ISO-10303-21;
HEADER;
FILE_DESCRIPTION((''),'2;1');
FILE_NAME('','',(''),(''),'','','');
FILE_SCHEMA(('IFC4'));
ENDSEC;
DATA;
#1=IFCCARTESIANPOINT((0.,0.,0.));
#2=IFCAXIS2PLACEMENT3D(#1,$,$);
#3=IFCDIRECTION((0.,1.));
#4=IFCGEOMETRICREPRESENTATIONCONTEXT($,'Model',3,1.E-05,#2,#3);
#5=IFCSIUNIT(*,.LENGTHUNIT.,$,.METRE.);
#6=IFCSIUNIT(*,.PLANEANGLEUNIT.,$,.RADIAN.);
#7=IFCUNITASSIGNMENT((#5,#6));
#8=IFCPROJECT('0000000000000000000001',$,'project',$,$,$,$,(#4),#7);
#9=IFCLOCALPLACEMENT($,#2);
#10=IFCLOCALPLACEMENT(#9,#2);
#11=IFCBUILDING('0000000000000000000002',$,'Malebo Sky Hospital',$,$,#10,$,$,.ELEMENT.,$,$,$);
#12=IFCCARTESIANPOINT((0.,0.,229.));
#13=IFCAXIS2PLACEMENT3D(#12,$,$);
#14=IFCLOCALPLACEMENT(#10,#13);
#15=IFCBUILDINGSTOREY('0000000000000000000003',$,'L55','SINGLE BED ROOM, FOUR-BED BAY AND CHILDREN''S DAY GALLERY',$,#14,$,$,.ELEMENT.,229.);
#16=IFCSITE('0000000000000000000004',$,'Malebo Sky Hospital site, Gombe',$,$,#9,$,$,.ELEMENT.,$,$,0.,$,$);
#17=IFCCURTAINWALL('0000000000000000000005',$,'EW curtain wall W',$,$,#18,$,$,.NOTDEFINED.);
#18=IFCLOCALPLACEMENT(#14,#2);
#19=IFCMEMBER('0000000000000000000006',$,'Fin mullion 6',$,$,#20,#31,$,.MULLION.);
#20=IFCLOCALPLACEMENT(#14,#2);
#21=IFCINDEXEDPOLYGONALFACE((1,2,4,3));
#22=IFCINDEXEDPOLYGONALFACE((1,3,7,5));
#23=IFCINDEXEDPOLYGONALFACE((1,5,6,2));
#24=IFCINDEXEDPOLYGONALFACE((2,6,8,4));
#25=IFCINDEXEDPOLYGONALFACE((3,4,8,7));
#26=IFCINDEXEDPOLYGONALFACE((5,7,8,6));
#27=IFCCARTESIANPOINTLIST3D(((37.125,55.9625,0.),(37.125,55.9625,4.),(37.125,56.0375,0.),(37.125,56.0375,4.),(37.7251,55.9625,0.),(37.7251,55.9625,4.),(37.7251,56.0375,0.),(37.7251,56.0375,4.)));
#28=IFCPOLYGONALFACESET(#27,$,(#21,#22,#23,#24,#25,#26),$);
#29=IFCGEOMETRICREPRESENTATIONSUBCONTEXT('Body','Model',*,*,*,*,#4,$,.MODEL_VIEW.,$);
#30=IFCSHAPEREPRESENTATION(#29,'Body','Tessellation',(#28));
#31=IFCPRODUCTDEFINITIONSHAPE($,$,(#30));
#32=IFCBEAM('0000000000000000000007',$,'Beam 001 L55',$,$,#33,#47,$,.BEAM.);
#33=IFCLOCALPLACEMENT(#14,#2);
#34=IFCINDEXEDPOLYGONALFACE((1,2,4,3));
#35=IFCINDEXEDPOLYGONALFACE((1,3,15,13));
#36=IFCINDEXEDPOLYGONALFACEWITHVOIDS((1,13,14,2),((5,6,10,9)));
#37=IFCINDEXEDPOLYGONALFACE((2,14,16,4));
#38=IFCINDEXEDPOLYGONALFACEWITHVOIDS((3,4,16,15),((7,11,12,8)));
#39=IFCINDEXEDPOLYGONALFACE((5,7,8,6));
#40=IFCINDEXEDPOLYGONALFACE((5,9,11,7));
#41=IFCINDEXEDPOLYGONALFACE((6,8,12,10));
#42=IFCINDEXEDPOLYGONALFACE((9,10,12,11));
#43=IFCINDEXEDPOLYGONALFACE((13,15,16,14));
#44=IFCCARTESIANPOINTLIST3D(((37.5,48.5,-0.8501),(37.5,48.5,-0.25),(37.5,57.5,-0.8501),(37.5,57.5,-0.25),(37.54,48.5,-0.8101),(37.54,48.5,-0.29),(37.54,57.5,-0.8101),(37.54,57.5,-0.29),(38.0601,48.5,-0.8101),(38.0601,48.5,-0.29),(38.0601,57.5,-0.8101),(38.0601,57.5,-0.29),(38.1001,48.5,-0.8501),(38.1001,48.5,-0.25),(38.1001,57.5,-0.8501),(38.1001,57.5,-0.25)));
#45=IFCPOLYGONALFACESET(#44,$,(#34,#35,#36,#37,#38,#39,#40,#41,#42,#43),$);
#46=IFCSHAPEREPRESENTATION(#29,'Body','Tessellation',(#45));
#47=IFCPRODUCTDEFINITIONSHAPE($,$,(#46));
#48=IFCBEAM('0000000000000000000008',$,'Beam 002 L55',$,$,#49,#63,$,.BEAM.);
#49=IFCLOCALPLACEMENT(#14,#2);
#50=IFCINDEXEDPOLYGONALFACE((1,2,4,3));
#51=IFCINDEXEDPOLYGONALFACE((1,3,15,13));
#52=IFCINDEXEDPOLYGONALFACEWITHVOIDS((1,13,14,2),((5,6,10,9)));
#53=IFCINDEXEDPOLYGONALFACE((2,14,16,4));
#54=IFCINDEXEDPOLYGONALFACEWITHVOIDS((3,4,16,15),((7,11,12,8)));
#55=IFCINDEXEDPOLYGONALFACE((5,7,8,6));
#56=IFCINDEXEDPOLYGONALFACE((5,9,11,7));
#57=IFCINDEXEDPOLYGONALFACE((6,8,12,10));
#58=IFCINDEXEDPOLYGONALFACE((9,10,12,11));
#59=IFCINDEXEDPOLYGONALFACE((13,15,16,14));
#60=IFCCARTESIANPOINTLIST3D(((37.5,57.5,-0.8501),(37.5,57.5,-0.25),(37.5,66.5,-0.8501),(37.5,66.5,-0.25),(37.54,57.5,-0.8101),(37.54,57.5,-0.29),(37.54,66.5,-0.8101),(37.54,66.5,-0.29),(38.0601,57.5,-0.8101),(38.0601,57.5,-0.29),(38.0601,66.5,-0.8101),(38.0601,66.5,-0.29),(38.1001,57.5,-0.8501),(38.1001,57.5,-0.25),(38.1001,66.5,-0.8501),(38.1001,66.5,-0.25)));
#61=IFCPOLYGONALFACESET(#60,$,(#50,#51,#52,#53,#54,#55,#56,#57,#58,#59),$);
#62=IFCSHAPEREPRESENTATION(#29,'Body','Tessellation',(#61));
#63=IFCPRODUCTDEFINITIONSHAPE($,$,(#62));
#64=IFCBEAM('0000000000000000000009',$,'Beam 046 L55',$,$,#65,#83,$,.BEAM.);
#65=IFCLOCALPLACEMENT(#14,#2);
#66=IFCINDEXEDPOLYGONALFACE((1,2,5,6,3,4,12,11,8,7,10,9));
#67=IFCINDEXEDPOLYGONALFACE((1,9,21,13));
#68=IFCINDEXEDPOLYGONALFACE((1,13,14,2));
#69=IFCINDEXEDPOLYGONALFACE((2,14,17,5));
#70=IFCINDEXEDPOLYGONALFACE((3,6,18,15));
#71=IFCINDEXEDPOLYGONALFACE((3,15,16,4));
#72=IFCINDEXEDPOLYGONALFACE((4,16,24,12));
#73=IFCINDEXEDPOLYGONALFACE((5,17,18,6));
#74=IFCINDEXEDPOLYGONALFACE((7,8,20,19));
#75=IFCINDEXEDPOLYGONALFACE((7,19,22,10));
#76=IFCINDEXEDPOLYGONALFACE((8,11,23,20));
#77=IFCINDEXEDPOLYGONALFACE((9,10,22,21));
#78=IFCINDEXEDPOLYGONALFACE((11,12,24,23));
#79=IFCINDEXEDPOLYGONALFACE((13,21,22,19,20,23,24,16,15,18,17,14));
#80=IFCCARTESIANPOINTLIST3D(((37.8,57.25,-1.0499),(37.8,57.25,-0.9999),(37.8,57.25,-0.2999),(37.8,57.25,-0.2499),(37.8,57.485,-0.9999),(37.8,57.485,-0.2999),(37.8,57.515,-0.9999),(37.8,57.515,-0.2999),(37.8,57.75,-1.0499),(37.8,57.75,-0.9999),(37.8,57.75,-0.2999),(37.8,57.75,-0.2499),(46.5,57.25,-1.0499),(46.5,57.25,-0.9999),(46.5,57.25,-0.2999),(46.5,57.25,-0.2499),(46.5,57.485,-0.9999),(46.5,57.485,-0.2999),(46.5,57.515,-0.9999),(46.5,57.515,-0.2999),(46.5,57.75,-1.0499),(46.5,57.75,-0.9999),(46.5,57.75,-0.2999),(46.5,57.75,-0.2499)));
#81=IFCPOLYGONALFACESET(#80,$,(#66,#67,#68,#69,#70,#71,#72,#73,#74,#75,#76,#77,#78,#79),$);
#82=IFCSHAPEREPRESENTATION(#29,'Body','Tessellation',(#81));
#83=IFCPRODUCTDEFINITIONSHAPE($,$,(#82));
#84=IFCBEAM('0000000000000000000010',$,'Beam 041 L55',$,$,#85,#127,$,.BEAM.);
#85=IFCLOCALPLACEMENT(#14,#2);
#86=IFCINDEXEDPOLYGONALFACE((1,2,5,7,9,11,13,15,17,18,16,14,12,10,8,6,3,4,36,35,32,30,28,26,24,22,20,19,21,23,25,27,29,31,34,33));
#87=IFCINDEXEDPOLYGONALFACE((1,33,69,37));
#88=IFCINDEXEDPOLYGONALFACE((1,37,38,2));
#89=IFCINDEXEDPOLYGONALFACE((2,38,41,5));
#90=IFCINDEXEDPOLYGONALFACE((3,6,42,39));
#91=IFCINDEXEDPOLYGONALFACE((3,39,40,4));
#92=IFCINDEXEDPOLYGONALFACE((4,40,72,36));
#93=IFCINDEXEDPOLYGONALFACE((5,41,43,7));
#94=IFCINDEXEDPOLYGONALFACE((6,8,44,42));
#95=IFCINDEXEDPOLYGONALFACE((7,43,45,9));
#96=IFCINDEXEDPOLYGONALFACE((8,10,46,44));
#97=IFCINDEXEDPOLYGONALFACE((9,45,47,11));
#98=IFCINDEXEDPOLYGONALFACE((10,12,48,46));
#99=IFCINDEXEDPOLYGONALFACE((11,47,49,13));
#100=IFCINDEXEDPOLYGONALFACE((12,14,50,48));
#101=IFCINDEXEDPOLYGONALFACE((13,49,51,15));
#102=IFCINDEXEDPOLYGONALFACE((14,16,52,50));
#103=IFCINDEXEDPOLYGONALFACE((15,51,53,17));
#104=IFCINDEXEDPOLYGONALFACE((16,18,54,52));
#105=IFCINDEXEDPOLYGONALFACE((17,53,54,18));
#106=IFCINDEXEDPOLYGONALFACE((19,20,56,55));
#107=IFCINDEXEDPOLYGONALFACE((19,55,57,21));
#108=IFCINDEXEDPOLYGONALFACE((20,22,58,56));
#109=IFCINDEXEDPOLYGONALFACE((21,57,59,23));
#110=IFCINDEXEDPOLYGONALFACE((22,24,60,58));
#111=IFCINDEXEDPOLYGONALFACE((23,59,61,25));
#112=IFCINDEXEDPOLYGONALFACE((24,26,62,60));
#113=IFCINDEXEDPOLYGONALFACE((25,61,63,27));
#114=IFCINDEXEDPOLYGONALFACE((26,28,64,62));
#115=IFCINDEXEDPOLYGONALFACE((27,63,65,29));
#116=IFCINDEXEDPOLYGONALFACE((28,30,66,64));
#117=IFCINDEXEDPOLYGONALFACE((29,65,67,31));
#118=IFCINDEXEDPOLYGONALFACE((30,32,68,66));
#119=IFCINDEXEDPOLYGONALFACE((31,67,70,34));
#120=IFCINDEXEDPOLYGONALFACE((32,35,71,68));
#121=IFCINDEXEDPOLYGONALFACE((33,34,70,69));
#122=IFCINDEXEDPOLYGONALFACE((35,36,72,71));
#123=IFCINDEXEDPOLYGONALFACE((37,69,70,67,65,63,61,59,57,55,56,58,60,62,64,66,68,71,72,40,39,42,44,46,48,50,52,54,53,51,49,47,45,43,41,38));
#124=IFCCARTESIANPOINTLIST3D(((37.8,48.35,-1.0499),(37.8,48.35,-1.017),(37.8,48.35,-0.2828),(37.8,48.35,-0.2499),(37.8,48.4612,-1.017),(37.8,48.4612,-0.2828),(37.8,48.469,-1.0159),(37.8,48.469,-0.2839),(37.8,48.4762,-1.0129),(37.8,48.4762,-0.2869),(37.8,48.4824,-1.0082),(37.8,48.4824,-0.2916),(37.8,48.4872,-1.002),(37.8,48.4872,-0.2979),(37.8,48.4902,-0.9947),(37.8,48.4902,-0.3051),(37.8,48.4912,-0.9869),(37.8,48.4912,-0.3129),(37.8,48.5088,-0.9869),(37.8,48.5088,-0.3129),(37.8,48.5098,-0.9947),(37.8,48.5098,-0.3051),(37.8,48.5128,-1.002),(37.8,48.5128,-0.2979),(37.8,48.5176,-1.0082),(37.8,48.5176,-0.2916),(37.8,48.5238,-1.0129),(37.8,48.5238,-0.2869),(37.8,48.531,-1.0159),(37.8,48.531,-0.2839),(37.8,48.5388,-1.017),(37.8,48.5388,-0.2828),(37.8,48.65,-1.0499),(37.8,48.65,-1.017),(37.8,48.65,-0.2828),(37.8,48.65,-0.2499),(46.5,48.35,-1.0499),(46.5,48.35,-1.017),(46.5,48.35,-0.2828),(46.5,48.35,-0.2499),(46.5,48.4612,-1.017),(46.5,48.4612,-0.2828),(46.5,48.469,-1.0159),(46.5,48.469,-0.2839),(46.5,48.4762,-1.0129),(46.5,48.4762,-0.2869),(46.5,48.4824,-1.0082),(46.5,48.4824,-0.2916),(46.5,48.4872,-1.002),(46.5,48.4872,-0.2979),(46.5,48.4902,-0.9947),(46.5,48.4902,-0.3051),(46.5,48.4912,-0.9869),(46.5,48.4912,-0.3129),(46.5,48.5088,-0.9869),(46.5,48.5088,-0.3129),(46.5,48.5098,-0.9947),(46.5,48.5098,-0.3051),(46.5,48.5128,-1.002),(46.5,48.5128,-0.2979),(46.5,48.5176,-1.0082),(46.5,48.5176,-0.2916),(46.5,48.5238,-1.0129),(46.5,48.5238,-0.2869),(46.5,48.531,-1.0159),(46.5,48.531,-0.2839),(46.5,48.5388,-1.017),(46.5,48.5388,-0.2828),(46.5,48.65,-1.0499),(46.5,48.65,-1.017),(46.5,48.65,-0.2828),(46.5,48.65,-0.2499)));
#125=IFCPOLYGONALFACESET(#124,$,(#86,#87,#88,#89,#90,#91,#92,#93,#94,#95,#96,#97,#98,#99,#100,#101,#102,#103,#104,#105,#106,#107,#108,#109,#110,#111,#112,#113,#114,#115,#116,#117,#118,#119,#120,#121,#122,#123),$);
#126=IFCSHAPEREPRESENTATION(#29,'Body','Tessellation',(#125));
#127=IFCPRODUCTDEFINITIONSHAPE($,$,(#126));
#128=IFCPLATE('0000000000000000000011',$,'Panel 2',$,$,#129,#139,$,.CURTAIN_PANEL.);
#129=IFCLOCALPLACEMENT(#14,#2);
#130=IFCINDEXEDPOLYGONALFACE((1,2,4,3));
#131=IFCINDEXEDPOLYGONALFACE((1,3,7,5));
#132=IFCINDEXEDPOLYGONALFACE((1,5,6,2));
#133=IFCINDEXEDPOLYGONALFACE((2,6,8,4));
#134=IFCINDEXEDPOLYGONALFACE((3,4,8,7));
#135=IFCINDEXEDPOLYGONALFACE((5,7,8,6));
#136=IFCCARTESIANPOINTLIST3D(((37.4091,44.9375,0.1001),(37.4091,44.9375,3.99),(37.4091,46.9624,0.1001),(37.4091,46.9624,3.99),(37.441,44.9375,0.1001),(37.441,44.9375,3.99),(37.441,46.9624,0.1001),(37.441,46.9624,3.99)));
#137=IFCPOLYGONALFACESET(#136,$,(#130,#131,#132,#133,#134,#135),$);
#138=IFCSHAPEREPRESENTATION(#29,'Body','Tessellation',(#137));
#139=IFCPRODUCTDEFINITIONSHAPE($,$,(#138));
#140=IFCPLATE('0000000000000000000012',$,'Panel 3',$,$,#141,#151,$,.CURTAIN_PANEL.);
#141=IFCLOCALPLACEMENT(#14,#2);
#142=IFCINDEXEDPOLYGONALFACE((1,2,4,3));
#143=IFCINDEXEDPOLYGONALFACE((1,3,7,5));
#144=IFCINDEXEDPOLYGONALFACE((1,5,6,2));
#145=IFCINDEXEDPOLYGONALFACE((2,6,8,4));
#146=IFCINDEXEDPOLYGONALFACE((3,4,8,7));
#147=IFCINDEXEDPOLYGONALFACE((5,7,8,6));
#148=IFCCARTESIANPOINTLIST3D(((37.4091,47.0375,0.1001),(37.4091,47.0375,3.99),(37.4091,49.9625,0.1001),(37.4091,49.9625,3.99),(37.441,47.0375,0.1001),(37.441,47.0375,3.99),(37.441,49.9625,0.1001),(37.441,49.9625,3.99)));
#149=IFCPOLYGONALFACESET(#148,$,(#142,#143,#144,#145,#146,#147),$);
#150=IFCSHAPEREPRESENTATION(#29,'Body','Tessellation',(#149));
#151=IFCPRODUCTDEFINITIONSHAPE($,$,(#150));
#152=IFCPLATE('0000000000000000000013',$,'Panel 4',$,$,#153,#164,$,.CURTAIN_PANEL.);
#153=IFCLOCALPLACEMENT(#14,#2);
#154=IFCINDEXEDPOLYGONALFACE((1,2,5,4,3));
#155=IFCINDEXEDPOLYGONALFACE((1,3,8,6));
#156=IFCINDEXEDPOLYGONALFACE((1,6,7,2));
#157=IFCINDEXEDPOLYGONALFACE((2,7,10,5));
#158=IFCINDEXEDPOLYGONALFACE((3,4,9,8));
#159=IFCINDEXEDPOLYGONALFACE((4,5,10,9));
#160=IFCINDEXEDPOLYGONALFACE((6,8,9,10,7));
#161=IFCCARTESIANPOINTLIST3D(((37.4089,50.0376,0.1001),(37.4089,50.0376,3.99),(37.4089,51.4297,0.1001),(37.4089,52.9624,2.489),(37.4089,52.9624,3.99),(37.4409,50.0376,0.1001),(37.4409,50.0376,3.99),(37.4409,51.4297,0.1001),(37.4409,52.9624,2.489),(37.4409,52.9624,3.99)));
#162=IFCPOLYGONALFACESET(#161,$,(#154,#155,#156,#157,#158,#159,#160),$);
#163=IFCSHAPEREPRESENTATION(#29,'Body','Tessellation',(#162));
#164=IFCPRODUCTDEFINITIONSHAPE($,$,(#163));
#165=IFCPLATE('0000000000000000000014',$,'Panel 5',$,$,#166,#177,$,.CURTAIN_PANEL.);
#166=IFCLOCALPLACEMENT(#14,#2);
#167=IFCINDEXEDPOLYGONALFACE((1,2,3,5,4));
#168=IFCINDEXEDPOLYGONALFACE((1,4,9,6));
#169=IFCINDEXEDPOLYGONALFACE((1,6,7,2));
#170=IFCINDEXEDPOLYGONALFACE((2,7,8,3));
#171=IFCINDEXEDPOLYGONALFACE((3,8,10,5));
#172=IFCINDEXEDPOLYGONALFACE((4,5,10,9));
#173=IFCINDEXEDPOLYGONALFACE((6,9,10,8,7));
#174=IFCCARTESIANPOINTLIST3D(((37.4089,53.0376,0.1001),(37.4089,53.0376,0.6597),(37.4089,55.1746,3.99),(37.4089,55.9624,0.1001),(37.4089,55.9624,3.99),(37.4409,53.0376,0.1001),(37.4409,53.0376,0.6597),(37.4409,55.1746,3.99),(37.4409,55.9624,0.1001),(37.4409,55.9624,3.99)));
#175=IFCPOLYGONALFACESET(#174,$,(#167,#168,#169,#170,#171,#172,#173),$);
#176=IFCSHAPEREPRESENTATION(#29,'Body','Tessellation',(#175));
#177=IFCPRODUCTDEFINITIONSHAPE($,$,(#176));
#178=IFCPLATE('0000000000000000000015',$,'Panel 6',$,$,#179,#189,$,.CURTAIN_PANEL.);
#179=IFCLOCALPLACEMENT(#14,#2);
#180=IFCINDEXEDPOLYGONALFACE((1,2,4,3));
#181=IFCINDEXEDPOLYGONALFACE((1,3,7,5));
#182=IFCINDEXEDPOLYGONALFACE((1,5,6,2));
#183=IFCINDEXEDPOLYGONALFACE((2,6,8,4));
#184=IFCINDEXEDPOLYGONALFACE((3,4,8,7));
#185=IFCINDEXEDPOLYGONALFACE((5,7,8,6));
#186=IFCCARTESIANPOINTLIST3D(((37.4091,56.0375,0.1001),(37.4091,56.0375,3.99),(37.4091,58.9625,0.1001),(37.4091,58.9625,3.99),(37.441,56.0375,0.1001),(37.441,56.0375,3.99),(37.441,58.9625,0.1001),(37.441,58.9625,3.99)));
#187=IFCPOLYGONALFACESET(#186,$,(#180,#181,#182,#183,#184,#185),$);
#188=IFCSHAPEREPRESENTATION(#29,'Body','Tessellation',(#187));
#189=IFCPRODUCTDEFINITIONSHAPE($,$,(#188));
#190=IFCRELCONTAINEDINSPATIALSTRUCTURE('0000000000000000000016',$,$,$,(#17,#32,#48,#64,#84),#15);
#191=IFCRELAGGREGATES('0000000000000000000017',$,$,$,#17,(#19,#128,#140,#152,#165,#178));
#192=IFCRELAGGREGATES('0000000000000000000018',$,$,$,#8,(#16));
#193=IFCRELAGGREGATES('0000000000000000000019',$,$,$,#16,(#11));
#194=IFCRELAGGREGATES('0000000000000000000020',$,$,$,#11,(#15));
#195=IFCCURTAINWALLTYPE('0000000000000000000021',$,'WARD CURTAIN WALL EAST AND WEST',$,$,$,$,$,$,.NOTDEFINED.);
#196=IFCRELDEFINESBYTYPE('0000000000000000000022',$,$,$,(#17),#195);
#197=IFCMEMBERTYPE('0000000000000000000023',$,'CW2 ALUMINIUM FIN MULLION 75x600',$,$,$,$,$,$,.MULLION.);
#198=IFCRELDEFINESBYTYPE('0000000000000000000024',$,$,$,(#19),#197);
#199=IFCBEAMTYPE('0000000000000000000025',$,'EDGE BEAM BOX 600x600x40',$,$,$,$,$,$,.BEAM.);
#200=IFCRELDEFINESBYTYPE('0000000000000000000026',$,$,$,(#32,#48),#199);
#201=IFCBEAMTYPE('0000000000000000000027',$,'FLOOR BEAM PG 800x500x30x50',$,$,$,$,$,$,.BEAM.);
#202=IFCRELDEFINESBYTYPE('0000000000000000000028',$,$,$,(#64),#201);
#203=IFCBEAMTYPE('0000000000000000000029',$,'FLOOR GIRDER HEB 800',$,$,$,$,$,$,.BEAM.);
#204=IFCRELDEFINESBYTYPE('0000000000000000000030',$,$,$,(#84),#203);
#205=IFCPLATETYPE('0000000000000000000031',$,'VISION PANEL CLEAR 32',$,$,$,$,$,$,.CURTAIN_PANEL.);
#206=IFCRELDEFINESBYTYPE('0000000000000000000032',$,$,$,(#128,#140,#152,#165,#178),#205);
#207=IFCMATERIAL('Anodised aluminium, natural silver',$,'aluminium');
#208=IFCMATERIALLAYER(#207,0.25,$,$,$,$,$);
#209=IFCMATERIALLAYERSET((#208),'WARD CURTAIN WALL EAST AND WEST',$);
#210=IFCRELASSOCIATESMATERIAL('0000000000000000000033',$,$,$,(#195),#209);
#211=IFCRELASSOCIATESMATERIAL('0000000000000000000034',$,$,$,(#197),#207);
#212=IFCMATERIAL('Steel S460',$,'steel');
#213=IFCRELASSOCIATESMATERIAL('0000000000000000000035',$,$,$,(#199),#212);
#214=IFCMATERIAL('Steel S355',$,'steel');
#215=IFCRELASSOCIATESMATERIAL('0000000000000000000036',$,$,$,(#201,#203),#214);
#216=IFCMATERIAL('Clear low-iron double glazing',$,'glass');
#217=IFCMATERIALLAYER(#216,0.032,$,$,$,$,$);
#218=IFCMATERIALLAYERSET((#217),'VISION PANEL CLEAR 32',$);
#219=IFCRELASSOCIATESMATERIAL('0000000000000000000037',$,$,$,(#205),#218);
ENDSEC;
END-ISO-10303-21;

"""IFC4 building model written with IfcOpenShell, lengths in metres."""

from ifc_helpers import new_model, si_unit, direction, frame, origin, origin_2d, place, context, subcontext, project, spatial, polyline, rectangle, hollow_rectangle, i_section, outline, extrude, material, layer, layer_set, material_profile, profile_set, type_object, element, aggregate, save


model = new_model("IFC4")

# Units and contexts
model_context = context("Model", 3, precision=1e-05, world=origin(), true_north=direction((0.0, 1.0)))
body_context = subcontext(model_context, "Body", "Model", "MODEL_VIEW")
ifc_project = project(units=[si_unit("LENGTHUNIT", "METRE"), si_unit("PLANEANGLEUNIT", "RADIAN")], contexts=[model_context])

# Site, building, storey
site_placement = place(None, origin())
site = spatial("IfcSite", under=ifc_project, at=site_placement, Name="Malebo Sky Hospital site, Gombe", CompositionType="ELEMENT", RefElevation=0.0)
building_placement = place(site_placement, origin())
building = spatial("IfcBuilding", under=site, at=building_placement, Name="Malebo Sky Hospital", CompositionType="ELEMENT")
storey_placement = place(building_placement, frame((0.0, 0.0, 229.0)))
storey = spatial("IfcBuildingStorey", under=building, at=storey_placement, Name="L55", Description="SINGLE BED ROOM, FOUR-BED BAY AND CHILDREN'S DAY GALLERY", CompositionType="ELEMENT", Elevation=229.0)

# Shared definitions
ifc_material_1 = material(Name="Steel S460", Category="steel")

# Curtain wall
ifc_material_2 = material(Name="Anodised aluminium, natural silver", Category="aluminium")
ifc_layer_1 = layer(ifc_material_2, 0.25)
ifc_layer_set_1 = layer_set([ifc_layer_1], Name="WARD CURTAIN WALL EAST AND WEST")
curtain_wall_type = type_object("IfcCurtainWallType", Name="WARD CURTAIN WALL EAST AND WEST", PredefinedType="NOTDEFINED", material=ifc_layer_set_1)
curtain_wall_placement = place(storey_placement, origin())
curtain_wall = element("IfcCurtainWall", 1, at=curtain_wall_placement, inside=storey, type_object=curtain_wall_type, Name="EW curtain wall W", PredefinedType="NOTDEFINED")

# Member
ifc_material_3 = material(Name="Steel S355", Category="steel")
ifc_material_profile_1 = material_profile(ifc_material_2, rectangle(XDim=0.075, YDim=0.6001, at=origin_2d()), Name="CW2 ALUMINIUM FIN MULLION 75x600")
ifc_profile_set_1 = profile_set([ifc_material_profile_1], Name="Anodised aluminium, natural silver")
member_type_1 = type_object("IfcMemberType", Name="CW2 ALUMINIUM FIN MULLION 75x600", PredefinedType="MULLION", material=ifc_profile_set_1)
member_1_placement = place(storey_placement, frame((37.425, 56.0, 0.0), z_axis=(0.0, 0.0, 1.0), x_axis=(0.0, 1.0, 0.0)))
member_1 = element("IfcMember", 2, at=member_1_placement, type_object=member_type_1, Name="Fin mullion 6", PredefinedType="MULLION", context=body_context, shape_type="SweptSolid", body=[
    extrude(rectangle(XDim=0.075, YDim=0.6001, at=origin_2d()), origin(), (0.0, 0.0, 1.0), 4.0),
])

# Beams
ifc_material_profile_2 = material_profile(ifc_material_1, hollow_rectangle(XDim=0.6001, YDim=0.6001, WallThickness=0.04, at=origin_2d()), Name="BOX 600x600x40")
ifc_profile_set_2 = profile_set([ifc_material_profile_2], Name="Steel S460")
beam_type_1 = type_object("IfcBeamType", Name="EDGE BEAM BOX 600x600x40", PredefinedType="BEAM", material=ifc_profile_set_2)
for number, where, z_axis, x_axis, name in (
    (3, (37.8, 48.5, -0.55), (0.0, 1.0, 0.0), (-1.0, 0.0, 0.0), "Beam 001 L55"),
    (4, (37.8, 57.5, -0.55), (0.0, 1.0, 0.0), (-1.0, 0.0, 0.0), "Beam 002 L55"),
):
    element("IfcBeam", number, at=place(storey_placement, frame(where, z_axis=z_axis, x_axis=x_axis)), inside=storey, type_object=beam_type_1, Name=name, PredefinedType="BEAM", context=body_context, shape_type="SweptSolid", body=[
        extrude(hollow_rectangle(XDim=0.6001, YDim=0.6001, WallThickness=0.04, at=origin_2d()), origin(), (0.0, 0.0, 1.0), 9.0),
    ])
ifc_material_profile_3 = material_profile(ifc_material_3, i_section(OverallWidth=0.5, OverallDepth=0.8, WebThickness=0.03, FlangeThickness=0.05, at=origin_2d()), Name="PG 800x500x30x50")
ifc_profile_set_3 = profile_set([ifc_material_profile_3], Name="Steel S355")
beam_type_2 = type_object("IfcBeamType", Name="FLOOR BEAM PG 800x500x30x50", PredefinedType="BEAM", material=ifc_profile_set_3)
beam_1_placement = place(storey_placement, frame((37.8, 57.5, -0.6499), z_axis=(1.0, 0.0, 0.0), x_axis=(0.0, 1.0, 0.0)))
element("IfcBeam", 5, at=beam_1_placement, inside=storey, type_object=beam_type_2, Name="Beam 046 L55", PredefinedType="BEAM", context=body_context, shape_type="SweptSolid", body=[
    extrude(i_section(OverallWidth=0.5, OverallDepth=0.8, WebThickness=0.03, FlangeThickness=0.05, at=origin_2d()), origin(), (0.0, 0.0, 1.0), 8.7),
])
ifc_material_profile_4 = material_profile(ifc_material_3, i_section(OverallWidth=0.3, OverallDepth=0.8, WebThickness=0.0176, FlangeThickness=0.033, FilletRadius=0.03, at=origin_2d()), Name="HEB 800")
ifc_profile_set_4 = profile_set([ifc_material_profile_4], Name="Steel S355")
beam_type_3 = type_object("IfcBeamType", Name="FLOOR GIRDER HEB 800", PredefinedType="BEAM", material=ifc_profile_set_4)
beam_2_placement = place(storey_placement, frame((37.8, 48.5, -0.6499), z_axis=(1.0, 0.0, 0.0), x_axis=(0.0, 1.0, 0.0)))
element("IfcBeam", 6, at=beam_2_placement, inside=storey, type_object=beam_type_3, Name="Beam 041 L55", PredefinedType="BEAM", context=body_context, shape_type="SweptSolid", body=[
    extrude(i_section(OverallWidth=0.3, OverallDepth=0.8, WebThickness=0.0176, FlangeThickness=0.033, FilletRadius=0.03, at=origin_2d()), origin(), (0.0, 0.0, 1.0), 8.7),
])

# Plates
ifc_material_4 = material(Name="Clear low-iron double glazing", Category="glass")
ifc_layer_2 = layer(ifc_material_4, 0.032)
ifc_layer_set_2 = layer_set([ifc_layer_2], Name="VISION PANEL CLEAR 32")
plate_type = type_object("IfcPlateType", Name="VISION PANEL CLEAR 32", PredefinedType="CURTAIN_PANEL", material=ifc_layer_set_2)
plate_1_placement = place(storey_placement, frame((37.425, 45.95, 0.1001), z_axis=(0.0, 0.0, 1.0), x_axis=(0.0, 1.0, 0.0)))
plate_1 = element("IfcPlate", 7, at=plate_1_placement, type_object=plate_type, Name="Panel 2", PredefinedType="CURTAIN_PANEL", context=body_context, shape_type="SweptSolid", body=[
    extrude(rectangle(XDim=2.0249, YDim=0.032, at=origin_2d()), origin(), (0.0, 0.0, 1.0), 3.8899),
])
plate_2_placement = place(storey_placement, frame((37.425, 48.5, 0.1001), z_axis=(0.0, 0.0, 1.0), x_axis=(0.0, 1.0, 0.0)))
plate_2 = element("IfcPlate", 8, at=plate_2_placement, type_object=plate_type, Name="Panel 3", PredefinedType="CURTAIN_PANEL", context=body_context, shape_type="SweptSolid", body=[
    extrude(rectangle(XDim=2.925, YDim=0.032, at=origin_2d()), origin(), (0.0, 0.0, 1.0), 3.8899),
])
plate_3_placement = place(storey_placement, frame((37.425, 51.5, 0.1001), z_axis=(0.0, 0.0, 1.0), x_axis=(0.0, 1.0, 0.0)))
plate_3 = element("IfcPlate", 9, at=plate_3_placement, type_object=plate_type, Name="Panel 4", PredefinedType="CURTAIN_PANEL", context=body_context, shape_type="SweptSolid", body=[
    extrude(outline(polyline([(-1.4624, 0.0), (-0.0703, 0.0), (1.4624, 2.3889), (1.4624, 3.8899), (-1.4624, 3.8899), (-1.4624, 0.0)])), frame((0.0, 0.0161, 0.0), z_axis=(0.0, -1.0, 0.0), x_axis=(1.0, 0.0, 0.0)), (0.0, 0.0, 1.0), 0.032),
])
plate_4_placement = place(storey_placement, frame((37.425, 54.5, 0.1001), z_axis=(0.0, 0.0, 1.0), x_axis=(0.0, 1.0, 0.0)))
plate_4 = element("IfcPlate", 10, at=plate_4_placement, type_object=plate_type, Name="Panel 5", PredefinedType="CURTAIN_PANEL", context=body_context, shape_type="SweptSolid", body=[
    extrude(outline(polyline([(-1.4624, 0.0), (1.4624, 0.0), (1.4624, 3.8899), (0.6746, 3.8899), (-1.4624, 0.5596), (-1.4624, 0.0)])), frame((0.0, 0.0161, 0.0), z_axis=(0.0, -1.0, 0.0), x_axis=(1.0, 0.0, 0.0)), (0.0, 0.0, 1.0), 0.032),
])
plate_5_placement = place(storey_placement, frame((37.425, 57.5, 0.1001), z_axis=(0.0, 0.0, 1.0), x_axis=(0.0, 1.0, 0.0)))
plate_5 = element("IfcPlate", 11, at=plate_5_placement, type_object=plate_type, Name="Panel 6", PredefinedType="CURTAIN_PANEL", context=body_context, shape_type="SweptSolid", body=[
    extrude(rectangle(XDim=2.925, YDim=0.032, at=origin_2d()), origin(), (0.0, 0.0, 1.0), 3.8899),
])
aggregate(curtain_wall, [member_1, plate_1, plate_2, plate_3, plate_4, plate_5])

save(model, "model.ifc")
